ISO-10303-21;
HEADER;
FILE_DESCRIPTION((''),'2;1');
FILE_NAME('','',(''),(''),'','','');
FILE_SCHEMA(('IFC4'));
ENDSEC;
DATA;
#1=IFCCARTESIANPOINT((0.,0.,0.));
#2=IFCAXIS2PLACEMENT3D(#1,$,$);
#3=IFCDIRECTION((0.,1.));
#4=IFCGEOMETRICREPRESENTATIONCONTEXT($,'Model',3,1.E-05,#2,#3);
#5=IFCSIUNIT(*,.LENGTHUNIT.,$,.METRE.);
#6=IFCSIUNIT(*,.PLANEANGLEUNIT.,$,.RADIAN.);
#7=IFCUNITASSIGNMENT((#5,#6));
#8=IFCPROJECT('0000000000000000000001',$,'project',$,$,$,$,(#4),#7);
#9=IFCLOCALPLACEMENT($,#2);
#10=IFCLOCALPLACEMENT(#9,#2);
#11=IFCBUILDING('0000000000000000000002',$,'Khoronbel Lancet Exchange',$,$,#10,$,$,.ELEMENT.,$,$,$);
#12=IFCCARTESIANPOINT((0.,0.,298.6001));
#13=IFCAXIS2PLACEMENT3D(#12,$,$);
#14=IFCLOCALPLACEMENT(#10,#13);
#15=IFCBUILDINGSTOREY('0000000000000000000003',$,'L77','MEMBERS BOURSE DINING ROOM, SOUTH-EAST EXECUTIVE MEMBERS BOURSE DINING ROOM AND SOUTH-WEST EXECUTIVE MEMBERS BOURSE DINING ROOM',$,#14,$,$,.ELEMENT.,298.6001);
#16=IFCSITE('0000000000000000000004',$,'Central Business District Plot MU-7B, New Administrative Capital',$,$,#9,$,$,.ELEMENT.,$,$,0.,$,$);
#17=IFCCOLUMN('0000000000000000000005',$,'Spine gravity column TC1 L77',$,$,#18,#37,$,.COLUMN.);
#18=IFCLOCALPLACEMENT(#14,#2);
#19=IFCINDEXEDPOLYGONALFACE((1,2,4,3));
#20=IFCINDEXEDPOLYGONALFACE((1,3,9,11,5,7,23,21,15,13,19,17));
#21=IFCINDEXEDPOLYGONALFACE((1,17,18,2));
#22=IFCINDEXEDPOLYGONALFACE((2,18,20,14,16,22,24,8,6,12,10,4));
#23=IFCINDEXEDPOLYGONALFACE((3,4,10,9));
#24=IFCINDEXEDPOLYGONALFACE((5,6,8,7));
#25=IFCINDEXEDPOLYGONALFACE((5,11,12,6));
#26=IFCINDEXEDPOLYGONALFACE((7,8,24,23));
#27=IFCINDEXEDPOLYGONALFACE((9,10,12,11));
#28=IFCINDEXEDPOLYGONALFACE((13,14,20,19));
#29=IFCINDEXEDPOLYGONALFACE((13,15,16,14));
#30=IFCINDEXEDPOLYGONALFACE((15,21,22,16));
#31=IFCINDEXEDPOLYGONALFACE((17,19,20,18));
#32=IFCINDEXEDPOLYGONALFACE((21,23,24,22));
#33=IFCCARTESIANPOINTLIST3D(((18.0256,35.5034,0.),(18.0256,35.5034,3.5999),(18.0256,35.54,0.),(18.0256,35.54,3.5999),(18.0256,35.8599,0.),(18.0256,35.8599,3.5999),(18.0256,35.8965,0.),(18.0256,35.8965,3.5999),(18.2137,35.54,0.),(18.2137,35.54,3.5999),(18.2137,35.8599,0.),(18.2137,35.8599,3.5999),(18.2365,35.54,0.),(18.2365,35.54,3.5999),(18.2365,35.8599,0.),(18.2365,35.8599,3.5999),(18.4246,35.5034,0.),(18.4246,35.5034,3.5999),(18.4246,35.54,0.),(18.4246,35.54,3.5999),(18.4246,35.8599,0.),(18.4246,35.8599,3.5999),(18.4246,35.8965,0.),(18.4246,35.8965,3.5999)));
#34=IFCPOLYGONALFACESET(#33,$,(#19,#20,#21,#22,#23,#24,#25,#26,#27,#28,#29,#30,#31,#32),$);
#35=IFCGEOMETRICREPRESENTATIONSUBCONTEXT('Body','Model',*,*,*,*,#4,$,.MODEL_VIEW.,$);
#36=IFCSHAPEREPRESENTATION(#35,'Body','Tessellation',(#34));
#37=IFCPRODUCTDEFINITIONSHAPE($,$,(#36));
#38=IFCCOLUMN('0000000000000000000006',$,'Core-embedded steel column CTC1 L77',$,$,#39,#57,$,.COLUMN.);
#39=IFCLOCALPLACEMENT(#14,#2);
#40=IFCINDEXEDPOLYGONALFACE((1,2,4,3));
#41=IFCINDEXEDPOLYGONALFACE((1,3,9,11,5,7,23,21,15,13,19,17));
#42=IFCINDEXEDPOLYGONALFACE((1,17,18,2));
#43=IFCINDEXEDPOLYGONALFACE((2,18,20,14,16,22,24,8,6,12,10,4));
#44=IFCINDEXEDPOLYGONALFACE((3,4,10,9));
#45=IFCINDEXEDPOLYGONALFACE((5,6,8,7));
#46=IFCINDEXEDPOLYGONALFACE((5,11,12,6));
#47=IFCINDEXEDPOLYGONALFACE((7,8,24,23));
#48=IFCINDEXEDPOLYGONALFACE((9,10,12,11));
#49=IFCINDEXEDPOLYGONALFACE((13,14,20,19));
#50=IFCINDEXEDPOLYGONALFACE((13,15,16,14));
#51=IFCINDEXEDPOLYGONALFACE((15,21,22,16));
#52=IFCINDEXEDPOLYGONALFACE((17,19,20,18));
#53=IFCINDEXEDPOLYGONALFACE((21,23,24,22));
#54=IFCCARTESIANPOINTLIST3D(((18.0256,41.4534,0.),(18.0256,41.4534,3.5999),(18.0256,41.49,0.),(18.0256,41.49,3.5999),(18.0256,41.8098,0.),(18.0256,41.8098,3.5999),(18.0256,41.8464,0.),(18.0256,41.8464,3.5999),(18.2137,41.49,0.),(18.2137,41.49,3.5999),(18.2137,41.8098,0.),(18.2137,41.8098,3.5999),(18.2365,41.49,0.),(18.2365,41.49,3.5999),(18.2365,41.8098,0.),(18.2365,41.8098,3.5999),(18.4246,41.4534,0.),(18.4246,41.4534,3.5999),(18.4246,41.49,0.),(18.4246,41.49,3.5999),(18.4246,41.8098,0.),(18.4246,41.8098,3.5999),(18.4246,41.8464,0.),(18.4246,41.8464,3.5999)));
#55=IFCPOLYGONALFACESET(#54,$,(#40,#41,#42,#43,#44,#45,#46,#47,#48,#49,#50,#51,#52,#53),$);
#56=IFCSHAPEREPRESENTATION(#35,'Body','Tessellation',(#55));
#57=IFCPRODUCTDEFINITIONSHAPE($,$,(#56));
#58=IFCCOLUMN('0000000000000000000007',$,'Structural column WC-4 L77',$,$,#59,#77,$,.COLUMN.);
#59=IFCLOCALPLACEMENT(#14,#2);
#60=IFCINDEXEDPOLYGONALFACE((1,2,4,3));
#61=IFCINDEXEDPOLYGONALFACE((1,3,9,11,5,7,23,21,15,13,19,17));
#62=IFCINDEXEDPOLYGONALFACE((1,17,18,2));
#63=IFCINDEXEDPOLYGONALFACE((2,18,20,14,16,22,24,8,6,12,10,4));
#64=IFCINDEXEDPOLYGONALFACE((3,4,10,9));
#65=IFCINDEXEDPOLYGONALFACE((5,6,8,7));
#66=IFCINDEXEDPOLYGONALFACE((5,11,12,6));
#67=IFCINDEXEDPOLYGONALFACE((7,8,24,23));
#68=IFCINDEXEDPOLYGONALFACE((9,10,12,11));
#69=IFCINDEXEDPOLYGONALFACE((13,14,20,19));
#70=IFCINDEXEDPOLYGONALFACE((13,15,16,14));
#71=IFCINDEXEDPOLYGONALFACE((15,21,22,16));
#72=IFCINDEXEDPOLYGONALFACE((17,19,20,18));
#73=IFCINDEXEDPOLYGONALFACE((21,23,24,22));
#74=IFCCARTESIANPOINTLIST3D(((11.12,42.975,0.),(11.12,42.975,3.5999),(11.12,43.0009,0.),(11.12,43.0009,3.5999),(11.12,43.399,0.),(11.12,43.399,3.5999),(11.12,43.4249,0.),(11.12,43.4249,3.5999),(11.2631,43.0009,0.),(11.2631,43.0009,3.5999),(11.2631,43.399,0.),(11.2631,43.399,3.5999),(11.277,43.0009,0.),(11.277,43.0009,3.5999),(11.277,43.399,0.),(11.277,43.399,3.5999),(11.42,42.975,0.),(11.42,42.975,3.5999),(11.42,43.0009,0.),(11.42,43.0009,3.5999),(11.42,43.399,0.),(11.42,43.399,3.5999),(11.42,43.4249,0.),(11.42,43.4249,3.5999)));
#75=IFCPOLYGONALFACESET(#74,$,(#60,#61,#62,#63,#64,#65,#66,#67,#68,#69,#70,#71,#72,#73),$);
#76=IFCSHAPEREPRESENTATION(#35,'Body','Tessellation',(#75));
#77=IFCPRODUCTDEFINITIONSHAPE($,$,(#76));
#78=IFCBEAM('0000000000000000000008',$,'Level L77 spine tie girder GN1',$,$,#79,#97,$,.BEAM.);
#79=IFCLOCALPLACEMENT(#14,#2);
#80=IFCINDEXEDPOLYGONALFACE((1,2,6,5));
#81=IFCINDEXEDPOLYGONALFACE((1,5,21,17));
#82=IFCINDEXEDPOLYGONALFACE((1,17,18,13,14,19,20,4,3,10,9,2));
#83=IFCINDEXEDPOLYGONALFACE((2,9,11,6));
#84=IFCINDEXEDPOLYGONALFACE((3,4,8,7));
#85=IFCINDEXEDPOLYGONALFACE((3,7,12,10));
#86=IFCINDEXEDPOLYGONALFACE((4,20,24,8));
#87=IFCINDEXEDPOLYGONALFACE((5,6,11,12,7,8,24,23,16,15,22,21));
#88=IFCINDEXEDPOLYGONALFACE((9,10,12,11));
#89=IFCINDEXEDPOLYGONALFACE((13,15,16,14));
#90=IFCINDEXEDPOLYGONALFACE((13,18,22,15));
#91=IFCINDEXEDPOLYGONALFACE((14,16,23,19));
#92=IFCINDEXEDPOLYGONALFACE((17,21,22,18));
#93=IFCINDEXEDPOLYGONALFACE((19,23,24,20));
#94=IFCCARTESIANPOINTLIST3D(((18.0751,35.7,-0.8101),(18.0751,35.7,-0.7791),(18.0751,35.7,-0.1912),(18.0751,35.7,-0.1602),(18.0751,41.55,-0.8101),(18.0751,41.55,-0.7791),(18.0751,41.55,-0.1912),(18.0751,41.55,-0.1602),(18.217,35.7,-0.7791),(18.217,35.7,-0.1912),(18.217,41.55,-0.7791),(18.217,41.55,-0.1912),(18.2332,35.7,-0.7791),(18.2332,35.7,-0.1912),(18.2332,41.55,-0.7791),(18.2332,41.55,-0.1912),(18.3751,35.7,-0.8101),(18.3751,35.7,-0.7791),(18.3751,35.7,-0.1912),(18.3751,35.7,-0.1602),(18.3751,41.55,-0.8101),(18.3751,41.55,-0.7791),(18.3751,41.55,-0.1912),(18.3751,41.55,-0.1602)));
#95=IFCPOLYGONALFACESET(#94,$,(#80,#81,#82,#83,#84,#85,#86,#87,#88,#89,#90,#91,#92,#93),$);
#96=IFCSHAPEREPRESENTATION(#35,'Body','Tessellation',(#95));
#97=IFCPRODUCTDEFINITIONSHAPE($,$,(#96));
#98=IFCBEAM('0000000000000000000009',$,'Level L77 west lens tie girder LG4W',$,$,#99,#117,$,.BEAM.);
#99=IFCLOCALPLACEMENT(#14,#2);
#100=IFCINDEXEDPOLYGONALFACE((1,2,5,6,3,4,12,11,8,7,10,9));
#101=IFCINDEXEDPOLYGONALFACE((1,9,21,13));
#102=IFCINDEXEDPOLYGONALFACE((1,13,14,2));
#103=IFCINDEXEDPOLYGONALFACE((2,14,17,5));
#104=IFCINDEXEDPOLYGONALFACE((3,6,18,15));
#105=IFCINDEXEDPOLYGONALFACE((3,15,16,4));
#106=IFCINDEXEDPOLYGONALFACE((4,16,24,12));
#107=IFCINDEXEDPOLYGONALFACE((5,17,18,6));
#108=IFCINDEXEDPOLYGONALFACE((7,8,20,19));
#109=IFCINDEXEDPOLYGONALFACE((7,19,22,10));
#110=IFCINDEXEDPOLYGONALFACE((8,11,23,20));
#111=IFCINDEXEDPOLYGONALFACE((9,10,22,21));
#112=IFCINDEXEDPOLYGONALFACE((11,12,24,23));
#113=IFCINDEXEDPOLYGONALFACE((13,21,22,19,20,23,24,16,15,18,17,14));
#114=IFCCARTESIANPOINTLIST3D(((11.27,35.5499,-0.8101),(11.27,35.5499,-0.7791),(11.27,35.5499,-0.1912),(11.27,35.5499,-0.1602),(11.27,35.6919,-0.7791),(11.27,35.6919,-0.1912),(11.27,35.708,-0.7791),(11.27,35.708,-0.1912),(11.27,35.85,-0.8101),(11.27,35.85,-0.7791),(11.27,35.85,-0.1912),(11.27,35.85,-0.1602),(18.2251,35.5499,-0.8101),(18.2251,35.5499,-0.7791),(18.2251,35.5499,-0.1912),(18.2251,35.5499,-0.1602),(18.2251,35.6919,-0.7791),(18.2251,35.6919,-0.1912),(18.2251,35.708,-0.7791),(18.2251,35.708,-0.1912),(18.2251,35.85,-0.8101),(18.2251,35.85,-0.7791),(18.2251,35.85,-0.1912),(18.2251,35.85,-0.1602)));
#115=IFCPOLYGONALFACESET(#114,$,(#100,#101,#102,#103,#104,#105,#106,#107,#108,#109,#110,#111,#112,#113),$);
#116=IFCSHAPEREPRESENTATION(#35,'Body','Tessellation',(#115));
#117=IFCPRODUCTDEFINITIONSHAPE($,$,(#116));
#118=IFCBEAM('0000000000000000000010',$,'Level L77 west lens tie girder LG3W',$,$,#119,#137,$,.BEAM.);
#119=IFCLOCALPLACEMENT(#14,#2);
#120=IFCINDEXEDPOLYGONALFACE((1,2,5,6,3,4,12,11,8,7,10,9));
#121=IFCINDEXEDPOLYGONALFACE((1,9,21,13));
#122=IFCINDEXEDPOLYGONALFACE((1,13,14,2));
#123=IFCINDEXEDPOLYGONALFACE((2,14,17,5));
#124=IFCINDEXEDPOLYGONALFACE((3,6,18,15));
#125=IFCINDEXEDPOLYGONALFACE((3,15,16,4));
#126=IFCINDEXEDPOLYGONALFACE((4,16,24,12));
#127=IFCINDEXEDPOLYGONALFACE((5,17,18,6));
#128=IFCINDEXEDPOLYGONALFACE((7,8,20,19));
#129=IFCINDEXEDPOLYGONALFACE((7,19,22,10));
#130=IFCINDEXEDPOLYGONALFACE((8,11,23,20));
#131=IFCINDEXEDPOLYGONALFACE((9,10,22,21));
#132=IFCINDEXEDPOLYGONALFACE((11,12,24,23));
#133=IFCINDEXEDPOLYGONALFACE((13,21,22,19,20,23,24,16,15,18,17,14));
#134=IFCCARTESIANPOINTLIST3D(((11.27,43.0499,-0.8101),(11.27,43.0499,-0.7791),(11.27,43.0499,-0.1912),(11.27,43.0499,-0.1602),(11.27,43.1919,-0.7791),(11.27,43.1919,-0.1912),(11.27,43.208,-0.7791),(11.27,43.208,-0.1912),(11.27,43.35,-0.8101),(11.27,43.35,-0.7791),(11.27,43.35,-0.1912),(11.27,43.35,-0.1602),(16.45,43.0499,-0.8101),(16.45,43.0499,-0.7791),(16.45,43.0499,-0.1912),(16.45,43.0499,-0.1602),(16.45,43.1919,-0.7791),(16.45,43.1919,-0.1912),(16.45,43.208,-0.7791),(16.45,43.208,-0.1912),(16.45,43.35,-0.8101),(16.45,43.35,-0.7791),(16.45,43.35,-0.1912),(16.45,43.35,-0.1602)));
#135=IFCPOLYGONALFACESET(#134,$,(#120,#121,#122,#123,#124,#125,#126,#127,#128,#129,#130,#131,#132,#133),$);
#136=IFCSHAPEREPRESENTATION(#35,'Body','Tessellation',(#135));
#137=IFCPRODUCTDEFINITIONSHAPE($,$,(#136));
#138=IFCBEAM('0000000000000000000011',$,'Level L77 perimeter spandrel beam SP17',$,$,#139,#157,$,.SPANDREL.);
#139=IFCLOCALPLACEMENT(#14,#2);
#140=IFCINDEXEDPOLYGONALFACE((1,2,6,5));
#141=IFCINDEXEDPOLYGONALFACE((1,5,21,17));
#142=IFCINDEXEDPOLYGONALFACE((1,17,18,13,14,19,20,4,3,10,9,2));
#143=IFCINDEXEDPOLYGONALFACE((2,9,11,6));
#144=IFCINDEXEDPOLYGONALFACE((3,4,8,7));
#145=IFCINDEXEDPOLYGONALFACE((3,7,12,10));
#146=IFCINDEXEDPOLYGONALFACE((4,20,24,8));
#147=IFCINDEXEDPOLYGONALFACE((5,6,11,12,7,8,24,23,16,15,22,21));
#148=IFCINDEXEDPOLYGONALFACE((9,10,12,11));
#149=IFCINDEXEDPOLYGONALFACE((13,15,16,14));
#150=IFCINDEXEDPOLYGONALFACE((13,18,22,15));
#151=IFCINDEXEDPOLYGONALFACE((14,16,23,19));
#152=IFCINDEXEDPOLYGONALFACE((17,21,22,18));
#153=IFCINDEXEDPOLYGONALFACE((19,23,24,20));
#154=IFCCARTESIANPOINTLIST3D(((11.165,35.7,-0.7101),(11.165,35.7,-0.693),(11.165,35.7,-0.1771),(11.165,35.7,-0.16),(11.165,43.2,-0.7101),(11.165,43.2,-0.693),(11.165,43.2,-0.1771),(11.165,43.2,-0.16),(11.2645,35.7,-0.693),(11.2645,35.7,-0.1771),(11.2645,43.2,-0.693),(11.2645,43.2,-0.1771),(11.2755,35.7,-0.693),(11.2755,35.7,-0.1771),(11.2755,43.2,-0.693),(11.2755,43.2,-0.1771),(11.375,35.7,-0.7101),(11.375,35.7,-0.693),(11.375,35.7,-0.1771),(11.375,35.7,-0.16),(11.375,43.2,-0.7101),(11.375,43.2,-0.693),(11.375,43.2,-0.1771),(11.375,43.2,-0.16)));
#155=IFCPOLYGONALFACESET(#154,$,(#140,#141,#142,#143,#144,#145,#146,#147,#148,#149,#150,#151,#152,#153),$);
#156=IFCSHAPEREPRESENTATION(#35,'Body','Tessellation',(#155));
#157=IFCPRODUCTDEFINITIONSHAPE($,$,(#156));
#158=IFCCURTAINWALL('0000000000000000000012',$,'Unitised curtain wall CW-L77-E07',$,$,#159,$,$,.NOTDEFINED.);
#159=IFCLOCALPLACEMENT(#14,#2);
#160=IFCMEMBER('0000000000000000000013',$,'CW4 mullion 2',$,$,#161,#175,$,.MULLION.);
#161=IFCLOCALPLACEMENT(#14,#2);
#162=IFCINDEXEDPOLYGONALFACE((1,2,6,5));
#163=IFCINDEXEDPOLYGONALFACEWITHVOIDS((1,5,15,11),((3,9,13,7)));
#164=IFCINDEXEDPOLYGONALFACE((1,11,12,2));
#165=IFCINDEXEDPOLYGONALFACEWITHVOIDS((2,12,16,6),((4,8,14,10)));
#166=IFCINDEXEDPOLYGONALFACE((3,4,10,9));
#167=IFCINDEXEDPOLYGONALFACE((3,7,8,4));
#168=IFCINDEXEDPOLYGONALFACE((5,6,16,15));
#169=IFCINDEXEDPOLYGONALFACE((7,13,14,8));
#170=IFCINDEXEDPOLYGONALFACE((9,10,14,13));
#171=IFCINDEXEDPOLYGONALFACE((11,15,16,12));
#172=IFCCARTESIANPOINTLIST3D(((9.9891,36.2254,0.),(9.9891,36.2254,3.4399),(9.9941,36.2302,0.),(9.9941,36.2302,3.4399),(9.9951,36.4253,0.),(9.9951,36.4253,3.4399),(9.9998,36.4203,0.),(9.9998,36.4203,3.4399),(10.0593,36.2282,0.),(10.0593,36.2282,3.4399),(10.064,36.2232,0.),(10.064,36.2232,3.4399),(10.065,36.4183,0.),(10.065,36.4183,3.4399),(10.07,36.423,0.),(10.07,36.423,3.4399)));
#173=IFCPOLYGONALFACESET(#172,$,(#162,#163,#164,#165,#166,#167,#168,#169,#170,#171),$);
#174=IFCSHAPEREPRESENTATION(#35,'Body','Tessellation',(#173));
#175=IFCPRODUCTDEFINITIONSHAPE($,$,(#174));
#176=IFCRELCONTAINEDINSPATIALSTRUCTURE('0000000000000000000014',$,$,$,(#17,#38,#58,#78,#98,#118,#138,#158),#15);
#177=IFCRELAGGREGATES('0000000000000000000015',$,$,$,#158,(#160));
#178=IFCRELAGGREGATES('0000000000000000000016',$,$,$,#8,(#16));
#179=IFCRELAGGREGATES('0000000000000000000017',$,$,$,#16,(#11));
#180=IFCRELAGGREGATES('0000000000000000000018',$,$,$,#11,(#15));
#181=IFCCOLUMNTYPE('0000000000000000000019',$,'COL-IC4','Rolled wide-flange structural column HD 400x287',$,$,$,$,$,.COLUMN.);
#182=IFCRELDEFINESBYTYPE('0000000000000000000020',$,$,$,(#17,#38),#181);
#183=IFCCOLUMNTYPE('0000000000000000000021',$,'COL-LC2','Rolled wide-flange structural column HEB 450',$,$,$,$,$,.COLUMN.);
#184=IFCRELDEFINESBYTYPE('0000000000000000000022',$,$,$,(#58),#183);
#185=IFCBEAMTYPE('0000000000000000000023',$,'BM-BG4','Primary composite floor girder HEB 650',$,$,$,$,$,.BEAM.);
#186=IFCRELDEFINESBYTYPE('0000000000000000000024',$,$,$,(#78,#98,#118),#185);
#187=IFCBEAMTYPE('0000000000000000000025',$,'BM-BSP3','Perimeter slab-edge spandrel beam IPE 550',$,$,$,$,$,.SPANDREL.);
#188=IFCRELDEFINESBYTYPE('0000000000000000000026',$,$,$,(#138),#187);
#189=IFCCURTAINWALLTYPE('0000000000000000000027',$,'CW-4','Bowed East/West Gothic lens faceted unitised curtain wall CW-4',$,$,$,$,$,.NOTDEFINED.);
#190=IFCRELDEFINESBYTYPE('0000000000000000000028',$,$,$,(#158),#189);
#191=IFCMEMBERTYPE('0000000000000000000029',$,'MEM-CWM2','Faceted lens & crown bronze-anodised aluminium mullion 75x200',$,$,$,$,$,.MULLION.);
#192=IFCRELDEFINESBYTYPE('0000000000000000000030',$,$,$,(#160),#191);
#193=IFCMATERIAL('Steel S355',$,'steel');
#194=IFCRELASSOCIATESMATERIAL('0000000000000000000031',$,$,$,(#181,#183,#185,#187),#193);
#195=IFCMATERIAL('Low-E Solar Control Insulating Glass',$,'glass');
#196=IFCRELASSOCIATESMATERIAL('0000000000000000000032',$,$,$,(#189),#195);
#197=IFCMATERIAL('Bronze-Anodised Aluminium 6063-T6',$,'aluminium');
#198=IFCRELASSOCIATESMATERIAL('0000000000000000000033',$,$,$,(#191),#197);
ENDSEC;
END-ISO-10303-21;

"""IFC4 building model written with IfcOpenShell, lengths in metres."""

from ifc_helpers import new_model, si_unit, direction, frame, origin, origin_2d, place, context, subcontext, project, spatial, hollow_rectangle, i_section, extrude, material, material_profile, profile_set, type_object, element, aggregate, save


model = new_model("IFC4")

# Units and contexts
model_context = context("Model", 3, precision=1e-05, world=origin(), true_north=direction((0.0, 1.0)))
body_context = subcontext(model_context, "Body", "Model", "MODEL_VIEW")
ifc_project = project(units=[si_unit("LENGTHUNIT", "METRE"), si_unit("PLANEANGLEUNIT", "RADIAN")], contexts=[model_context])

# Site, building, storey
site_placement = place(None, origin())
site = spatial("IfcSite", under=ifc_project, at=site_placement, Name="Central Business District Plot MU-7B, New Administrative Capital", CompositionType="ELEMENT", RefElevation=0.0)
building_placement = place(site_placement, origin())
building = spatial("IfcBuilding", under=site, at=building_placement, Name="Khoronbel Lancet Exchange", CompositionType="ELEMENT")
storey_placement = place(building_placement, frame((0.0, 0.0, 298.6001)))
storey = spatial("IfcBuildingStorey", under=building, at=storey_placement, Name="L77", Description="MEMBERS BOURSE DINING ROOM, SOUTH-EAST EXECUTIVE MEMBERS BOURSE DINING ROOM AND SOUTH-WEST EXECUTIVE MEMBERS BOURSE DINING ROOM", CompositionType="ELEMENT", Elevation=298.6001)

# Columns
ifc_material_1 = material(Name="Steel S355", Category="steel")
ifc_material_profile_1 = material_profile(ifc_material_1, i_section(OverallWidth=0.3989, OverallDepth=0.3931, WebThickness=0.0227, FlangeThickness=0.0366, at=origin_2d()), Name="HD 400x287")
ifc_profile_set_1 = profile_set([ifc_material_profile_1], Name="Steel S355")
column_type_1 = type_object("IfcColumnType", Name="COL-IC4", Description="Rolled wide-flange structural column HD 400x287", PredefinedType="COLUMN", material=ifc_profile_set_1)
for number, where, z_axis, x_axis, name in (
    (1, (18.2251, 35.7, 0.0), (0.0, 0.0, 1.0), (1.0, 0.0, 0.0), "Spine gravity column TC1 L77"),
    (2, (18.2251, 41.6499, 0.0), (0.0, 0.0, 1.0), (1.0, 0.0, 0.0), "Core-embedded steel column CTC1 L77"),
):
    element("IfcColumn", number, at=place(storey_placement, frame(where, z_axis=z_axis, x_axis=x_axis)), inside=storey, type_object=column_type_1, Name=name, PredefinedType="COLUMN", context=body_context, shape_type="SweptSolid", body=[
        extrude(i_section(OverallWidth=0.3989, OverallDepth=0.3931, WebThickness=0.0227, FlangeThickness=0.0366, at=origin_2d()), origin(), (0.0, 0.0, 1.0), 3.5999),
    ])
ifc_material_profile_2 = material_profile(ifc_material_1, i_section(OverallWidth=0.3, OverallDepth=0.45, WebThickness=0.0139, FlangeThickness=0.0259, at=origin_2d()), Name="HEB 450")
ifc_profile_set_2 = profile_set([ifc_material_profile_2], Name="Steel S355")
column_type_2 = type_object("IfcColumnType", Name="COL-LC2", Description="Rolled wide-flange structural column HEB 450", PredefinedType="COLUMN", material=ifc_profile_set_2)
column_placement = place(storey_placement, frame((11.27, 43.2, 0.0), z_axis=(0.0, 0.0, 1.0), x_axis=(1.0, 0.0, 0.0)))
element("IfcColumn", 3, at=column_placement, inside=storey, type_object=column_type_2, Name="Structural column WC-4 L77", PredefinedType="COLUMN", context=body_context, shape_type="SweptSolid", body=[
    extrude(i_section(OverallWidth=0.3, OverallDepth=0.45, WebThickness=0.0139, FlangeThickness=0.0259, at=origin_2d()), origin(), (0.0, 0.0, 1.0), 3.5999),
])

# Beams
ifc_material_profile_3 = material_profile(ifc_material_1, i_section(OverallWidth=0.3, OverallDepth=0.6499, WebThickness=0.0161, FlangeThickness=0.031, at=origin_2d()), Name="HEB 650")
ifc_profile_set_3 = profile_set([ifc_material_profile_3], Name="Steel S355")
beam_type_1 = type_object("IfcBeamType", Name="BM-BG4", Description="Primary composite floor girder HEB 650", PredefinedType="BEAM", material=ifc_profile_set_3)
beam_1_placement = place(storey_placement, frame((18.2251, 35.7, -0.4851), z_axis=(0.0, 1.0, 0.0), x_axis=(-1.0, 0.0, 0.0)))
element("IfcBeam", 4, at=beam_1_placement, inside=storey, type_object=beam_type_1, Name="Level L77 spine tie girder GN1", PredefinedType="BEAM", context=body_context, shape_type="SweptSolid", body=[
    extrude(i_section(OverallWidth=0.3, OverallDepth=0.6499, WebThickness=0.0161, FlangeThickness=0.031, at=origin_2d()), origin(), (0.0, 0.0, 1.0), 5.8501),
])
beam_2_placement = place(storey_placement, frame((11.27, 35.7, -0.4851), z_axis=(1.0, 0.0, 0.0), x_axis=(0.0, 1.0, 0.0)))
element("IfcBeam", 5, at=beam_2_placement, inside=storey, type_object=beam_type_1, Name="Level L77 west lens tie girder LG4W", PredefinedType="BEAM", context=body_context, shape_type="SweptSolid", body=[
    extrude(i_section(OverallWidth=0.3, OverallDepth=0.6499, WebThickness=0.0161, FlangeThickness=0.031, at=origin_2d()), origin(), (0.0, 0.0, 1.0), 6.9551),
])
beam_3_placement = place(storey_placement, frame((11.27, 43.2, -0.4851), z_axis=(1.0, 0.0, 0.0), x_axis=(0.0, 1.0, 0.0)))
element("IfcBeam", 6, at=beam_3_placement, inside=storey, type_object=beam_type_1, Name="Level L77 west lens tie girder LG3W", PredefinedType="BEAM", context=body_context, shape_type="SweptSolid", body=[
    extrude(i_section(OverallWidth=0.3, OverallDepth=0.6499, WebThickness=0.0161, FlangeThickness=0.031, at=origin_2d()), origin(), (0.0, 0.0, 1.0), 5.1799),
])
ifc_material_profile_4 = material_profile(ifc_material_1, i_section(OverallWidth=0.21, OverallDepth=0.55, WebThickness=0.011, FlangeThickness=0.0171, at=origin_2d()), Name="IPE 550")
ifc_profile_set_4 = profile_set([ifc_material_profile_4], Name="Steel S355")
beam_type_2 = type_object("IfcBeamType", Name="BM-BSP3", Description="Perimeter slab-edge spandrel beam IPE 550", PredefinedType="SPANDREL", material=ifc_profile_set_4)
beam_4_placement = place(storey_placement, frame((11.27, 43.2, -0.4351), z_axis=(0.0, -1.0, 0.0), x_axis=(1.0, 0.0, 0.0)))
element("IfcBeam", 7, at=beam_4_placement, inside=storey, type_object=beam_type_2, Name="Level L77 perimeter spandrel beam SP17", PredefinedType="SPANDREL", context=body_context, shape_type="SweptSolid", body=[
    extrude(i_section(OverallWidth=0.21, OverallDepth=0.55, WebThickness=0.011, FlangeThickness=0.0171, at=origin_2d()), origin(), (0.0, 0.0, 1.0), 7.5),
])

# Curtain wall, member
ifc_material_2 = material(Name="Low-E Solar Control Insulating Glass", Category="glass")
curtain_wall_type = type_object("IfcCurtainWallType", Name="CW-4", Description="Bowed East/West Gothic lens faceted unitised curtain wall CW-4", PredefinedType="NOTDEFINED", material=ifc_material_2)
curtain_wall_1_placement = place(storey_placement, origin())
curtain_wall_1 = element("IfcCurtainWall", 8, at=curtain_wall_1_placement, inside=storey, type_object=curtain_wall_type, Name="Unitised curtain wall CW-L77-E07", PredefinedType="NOTDEFINED")
ifc_material_3 = material(Name="Bronze-Anodised Aluminium 6063-T6", Category="aluminium")
ifc_material_profile_5 = material_profile(ifc_material_3, hollow_rectangle(XDim=0.075, YDim=0.2, WallThickness=0.0049, at=origin_2d()), Name="ALU MULLION 75x200")
ifc_profile_set_5 = profile_set([ifc_material_profile_5], Name="Bronze-Anodised Aluminium 6063-T6")
member_type_1 = type_object("IfcMemberType", Name="MEM-CWM2", Description="Faceted lens & crown bronze-anodised aluminium mullion 75x200", PredefinedType="MULLION", material=ifc_profile_set_5)
member_1_placement = place(storey_placement, frame((10.0295, 36.3242, 0.0), z_axis=(0.0, 0.0, 1.0), x_axis=(-0.999545, 0.030148, 0.0)))
member_1 = element("IfcMember", 9, at=member_1_placement, type_object=member_type_1, Name="CW4 mullion 2", PredefinedType="MULLION", context=body_context, shape_type="SweptSolid", body=[
    extrude(hollow_rectangle(XDim=0.075, YDim=0.2, WallThickness=0.0049, at=origin_2d()), origin(), (0.0, 0.0, 1.0), 3.4399),
])
aggregate(curtain_wall_1, [member_1])

save(model, "model.ifc")
